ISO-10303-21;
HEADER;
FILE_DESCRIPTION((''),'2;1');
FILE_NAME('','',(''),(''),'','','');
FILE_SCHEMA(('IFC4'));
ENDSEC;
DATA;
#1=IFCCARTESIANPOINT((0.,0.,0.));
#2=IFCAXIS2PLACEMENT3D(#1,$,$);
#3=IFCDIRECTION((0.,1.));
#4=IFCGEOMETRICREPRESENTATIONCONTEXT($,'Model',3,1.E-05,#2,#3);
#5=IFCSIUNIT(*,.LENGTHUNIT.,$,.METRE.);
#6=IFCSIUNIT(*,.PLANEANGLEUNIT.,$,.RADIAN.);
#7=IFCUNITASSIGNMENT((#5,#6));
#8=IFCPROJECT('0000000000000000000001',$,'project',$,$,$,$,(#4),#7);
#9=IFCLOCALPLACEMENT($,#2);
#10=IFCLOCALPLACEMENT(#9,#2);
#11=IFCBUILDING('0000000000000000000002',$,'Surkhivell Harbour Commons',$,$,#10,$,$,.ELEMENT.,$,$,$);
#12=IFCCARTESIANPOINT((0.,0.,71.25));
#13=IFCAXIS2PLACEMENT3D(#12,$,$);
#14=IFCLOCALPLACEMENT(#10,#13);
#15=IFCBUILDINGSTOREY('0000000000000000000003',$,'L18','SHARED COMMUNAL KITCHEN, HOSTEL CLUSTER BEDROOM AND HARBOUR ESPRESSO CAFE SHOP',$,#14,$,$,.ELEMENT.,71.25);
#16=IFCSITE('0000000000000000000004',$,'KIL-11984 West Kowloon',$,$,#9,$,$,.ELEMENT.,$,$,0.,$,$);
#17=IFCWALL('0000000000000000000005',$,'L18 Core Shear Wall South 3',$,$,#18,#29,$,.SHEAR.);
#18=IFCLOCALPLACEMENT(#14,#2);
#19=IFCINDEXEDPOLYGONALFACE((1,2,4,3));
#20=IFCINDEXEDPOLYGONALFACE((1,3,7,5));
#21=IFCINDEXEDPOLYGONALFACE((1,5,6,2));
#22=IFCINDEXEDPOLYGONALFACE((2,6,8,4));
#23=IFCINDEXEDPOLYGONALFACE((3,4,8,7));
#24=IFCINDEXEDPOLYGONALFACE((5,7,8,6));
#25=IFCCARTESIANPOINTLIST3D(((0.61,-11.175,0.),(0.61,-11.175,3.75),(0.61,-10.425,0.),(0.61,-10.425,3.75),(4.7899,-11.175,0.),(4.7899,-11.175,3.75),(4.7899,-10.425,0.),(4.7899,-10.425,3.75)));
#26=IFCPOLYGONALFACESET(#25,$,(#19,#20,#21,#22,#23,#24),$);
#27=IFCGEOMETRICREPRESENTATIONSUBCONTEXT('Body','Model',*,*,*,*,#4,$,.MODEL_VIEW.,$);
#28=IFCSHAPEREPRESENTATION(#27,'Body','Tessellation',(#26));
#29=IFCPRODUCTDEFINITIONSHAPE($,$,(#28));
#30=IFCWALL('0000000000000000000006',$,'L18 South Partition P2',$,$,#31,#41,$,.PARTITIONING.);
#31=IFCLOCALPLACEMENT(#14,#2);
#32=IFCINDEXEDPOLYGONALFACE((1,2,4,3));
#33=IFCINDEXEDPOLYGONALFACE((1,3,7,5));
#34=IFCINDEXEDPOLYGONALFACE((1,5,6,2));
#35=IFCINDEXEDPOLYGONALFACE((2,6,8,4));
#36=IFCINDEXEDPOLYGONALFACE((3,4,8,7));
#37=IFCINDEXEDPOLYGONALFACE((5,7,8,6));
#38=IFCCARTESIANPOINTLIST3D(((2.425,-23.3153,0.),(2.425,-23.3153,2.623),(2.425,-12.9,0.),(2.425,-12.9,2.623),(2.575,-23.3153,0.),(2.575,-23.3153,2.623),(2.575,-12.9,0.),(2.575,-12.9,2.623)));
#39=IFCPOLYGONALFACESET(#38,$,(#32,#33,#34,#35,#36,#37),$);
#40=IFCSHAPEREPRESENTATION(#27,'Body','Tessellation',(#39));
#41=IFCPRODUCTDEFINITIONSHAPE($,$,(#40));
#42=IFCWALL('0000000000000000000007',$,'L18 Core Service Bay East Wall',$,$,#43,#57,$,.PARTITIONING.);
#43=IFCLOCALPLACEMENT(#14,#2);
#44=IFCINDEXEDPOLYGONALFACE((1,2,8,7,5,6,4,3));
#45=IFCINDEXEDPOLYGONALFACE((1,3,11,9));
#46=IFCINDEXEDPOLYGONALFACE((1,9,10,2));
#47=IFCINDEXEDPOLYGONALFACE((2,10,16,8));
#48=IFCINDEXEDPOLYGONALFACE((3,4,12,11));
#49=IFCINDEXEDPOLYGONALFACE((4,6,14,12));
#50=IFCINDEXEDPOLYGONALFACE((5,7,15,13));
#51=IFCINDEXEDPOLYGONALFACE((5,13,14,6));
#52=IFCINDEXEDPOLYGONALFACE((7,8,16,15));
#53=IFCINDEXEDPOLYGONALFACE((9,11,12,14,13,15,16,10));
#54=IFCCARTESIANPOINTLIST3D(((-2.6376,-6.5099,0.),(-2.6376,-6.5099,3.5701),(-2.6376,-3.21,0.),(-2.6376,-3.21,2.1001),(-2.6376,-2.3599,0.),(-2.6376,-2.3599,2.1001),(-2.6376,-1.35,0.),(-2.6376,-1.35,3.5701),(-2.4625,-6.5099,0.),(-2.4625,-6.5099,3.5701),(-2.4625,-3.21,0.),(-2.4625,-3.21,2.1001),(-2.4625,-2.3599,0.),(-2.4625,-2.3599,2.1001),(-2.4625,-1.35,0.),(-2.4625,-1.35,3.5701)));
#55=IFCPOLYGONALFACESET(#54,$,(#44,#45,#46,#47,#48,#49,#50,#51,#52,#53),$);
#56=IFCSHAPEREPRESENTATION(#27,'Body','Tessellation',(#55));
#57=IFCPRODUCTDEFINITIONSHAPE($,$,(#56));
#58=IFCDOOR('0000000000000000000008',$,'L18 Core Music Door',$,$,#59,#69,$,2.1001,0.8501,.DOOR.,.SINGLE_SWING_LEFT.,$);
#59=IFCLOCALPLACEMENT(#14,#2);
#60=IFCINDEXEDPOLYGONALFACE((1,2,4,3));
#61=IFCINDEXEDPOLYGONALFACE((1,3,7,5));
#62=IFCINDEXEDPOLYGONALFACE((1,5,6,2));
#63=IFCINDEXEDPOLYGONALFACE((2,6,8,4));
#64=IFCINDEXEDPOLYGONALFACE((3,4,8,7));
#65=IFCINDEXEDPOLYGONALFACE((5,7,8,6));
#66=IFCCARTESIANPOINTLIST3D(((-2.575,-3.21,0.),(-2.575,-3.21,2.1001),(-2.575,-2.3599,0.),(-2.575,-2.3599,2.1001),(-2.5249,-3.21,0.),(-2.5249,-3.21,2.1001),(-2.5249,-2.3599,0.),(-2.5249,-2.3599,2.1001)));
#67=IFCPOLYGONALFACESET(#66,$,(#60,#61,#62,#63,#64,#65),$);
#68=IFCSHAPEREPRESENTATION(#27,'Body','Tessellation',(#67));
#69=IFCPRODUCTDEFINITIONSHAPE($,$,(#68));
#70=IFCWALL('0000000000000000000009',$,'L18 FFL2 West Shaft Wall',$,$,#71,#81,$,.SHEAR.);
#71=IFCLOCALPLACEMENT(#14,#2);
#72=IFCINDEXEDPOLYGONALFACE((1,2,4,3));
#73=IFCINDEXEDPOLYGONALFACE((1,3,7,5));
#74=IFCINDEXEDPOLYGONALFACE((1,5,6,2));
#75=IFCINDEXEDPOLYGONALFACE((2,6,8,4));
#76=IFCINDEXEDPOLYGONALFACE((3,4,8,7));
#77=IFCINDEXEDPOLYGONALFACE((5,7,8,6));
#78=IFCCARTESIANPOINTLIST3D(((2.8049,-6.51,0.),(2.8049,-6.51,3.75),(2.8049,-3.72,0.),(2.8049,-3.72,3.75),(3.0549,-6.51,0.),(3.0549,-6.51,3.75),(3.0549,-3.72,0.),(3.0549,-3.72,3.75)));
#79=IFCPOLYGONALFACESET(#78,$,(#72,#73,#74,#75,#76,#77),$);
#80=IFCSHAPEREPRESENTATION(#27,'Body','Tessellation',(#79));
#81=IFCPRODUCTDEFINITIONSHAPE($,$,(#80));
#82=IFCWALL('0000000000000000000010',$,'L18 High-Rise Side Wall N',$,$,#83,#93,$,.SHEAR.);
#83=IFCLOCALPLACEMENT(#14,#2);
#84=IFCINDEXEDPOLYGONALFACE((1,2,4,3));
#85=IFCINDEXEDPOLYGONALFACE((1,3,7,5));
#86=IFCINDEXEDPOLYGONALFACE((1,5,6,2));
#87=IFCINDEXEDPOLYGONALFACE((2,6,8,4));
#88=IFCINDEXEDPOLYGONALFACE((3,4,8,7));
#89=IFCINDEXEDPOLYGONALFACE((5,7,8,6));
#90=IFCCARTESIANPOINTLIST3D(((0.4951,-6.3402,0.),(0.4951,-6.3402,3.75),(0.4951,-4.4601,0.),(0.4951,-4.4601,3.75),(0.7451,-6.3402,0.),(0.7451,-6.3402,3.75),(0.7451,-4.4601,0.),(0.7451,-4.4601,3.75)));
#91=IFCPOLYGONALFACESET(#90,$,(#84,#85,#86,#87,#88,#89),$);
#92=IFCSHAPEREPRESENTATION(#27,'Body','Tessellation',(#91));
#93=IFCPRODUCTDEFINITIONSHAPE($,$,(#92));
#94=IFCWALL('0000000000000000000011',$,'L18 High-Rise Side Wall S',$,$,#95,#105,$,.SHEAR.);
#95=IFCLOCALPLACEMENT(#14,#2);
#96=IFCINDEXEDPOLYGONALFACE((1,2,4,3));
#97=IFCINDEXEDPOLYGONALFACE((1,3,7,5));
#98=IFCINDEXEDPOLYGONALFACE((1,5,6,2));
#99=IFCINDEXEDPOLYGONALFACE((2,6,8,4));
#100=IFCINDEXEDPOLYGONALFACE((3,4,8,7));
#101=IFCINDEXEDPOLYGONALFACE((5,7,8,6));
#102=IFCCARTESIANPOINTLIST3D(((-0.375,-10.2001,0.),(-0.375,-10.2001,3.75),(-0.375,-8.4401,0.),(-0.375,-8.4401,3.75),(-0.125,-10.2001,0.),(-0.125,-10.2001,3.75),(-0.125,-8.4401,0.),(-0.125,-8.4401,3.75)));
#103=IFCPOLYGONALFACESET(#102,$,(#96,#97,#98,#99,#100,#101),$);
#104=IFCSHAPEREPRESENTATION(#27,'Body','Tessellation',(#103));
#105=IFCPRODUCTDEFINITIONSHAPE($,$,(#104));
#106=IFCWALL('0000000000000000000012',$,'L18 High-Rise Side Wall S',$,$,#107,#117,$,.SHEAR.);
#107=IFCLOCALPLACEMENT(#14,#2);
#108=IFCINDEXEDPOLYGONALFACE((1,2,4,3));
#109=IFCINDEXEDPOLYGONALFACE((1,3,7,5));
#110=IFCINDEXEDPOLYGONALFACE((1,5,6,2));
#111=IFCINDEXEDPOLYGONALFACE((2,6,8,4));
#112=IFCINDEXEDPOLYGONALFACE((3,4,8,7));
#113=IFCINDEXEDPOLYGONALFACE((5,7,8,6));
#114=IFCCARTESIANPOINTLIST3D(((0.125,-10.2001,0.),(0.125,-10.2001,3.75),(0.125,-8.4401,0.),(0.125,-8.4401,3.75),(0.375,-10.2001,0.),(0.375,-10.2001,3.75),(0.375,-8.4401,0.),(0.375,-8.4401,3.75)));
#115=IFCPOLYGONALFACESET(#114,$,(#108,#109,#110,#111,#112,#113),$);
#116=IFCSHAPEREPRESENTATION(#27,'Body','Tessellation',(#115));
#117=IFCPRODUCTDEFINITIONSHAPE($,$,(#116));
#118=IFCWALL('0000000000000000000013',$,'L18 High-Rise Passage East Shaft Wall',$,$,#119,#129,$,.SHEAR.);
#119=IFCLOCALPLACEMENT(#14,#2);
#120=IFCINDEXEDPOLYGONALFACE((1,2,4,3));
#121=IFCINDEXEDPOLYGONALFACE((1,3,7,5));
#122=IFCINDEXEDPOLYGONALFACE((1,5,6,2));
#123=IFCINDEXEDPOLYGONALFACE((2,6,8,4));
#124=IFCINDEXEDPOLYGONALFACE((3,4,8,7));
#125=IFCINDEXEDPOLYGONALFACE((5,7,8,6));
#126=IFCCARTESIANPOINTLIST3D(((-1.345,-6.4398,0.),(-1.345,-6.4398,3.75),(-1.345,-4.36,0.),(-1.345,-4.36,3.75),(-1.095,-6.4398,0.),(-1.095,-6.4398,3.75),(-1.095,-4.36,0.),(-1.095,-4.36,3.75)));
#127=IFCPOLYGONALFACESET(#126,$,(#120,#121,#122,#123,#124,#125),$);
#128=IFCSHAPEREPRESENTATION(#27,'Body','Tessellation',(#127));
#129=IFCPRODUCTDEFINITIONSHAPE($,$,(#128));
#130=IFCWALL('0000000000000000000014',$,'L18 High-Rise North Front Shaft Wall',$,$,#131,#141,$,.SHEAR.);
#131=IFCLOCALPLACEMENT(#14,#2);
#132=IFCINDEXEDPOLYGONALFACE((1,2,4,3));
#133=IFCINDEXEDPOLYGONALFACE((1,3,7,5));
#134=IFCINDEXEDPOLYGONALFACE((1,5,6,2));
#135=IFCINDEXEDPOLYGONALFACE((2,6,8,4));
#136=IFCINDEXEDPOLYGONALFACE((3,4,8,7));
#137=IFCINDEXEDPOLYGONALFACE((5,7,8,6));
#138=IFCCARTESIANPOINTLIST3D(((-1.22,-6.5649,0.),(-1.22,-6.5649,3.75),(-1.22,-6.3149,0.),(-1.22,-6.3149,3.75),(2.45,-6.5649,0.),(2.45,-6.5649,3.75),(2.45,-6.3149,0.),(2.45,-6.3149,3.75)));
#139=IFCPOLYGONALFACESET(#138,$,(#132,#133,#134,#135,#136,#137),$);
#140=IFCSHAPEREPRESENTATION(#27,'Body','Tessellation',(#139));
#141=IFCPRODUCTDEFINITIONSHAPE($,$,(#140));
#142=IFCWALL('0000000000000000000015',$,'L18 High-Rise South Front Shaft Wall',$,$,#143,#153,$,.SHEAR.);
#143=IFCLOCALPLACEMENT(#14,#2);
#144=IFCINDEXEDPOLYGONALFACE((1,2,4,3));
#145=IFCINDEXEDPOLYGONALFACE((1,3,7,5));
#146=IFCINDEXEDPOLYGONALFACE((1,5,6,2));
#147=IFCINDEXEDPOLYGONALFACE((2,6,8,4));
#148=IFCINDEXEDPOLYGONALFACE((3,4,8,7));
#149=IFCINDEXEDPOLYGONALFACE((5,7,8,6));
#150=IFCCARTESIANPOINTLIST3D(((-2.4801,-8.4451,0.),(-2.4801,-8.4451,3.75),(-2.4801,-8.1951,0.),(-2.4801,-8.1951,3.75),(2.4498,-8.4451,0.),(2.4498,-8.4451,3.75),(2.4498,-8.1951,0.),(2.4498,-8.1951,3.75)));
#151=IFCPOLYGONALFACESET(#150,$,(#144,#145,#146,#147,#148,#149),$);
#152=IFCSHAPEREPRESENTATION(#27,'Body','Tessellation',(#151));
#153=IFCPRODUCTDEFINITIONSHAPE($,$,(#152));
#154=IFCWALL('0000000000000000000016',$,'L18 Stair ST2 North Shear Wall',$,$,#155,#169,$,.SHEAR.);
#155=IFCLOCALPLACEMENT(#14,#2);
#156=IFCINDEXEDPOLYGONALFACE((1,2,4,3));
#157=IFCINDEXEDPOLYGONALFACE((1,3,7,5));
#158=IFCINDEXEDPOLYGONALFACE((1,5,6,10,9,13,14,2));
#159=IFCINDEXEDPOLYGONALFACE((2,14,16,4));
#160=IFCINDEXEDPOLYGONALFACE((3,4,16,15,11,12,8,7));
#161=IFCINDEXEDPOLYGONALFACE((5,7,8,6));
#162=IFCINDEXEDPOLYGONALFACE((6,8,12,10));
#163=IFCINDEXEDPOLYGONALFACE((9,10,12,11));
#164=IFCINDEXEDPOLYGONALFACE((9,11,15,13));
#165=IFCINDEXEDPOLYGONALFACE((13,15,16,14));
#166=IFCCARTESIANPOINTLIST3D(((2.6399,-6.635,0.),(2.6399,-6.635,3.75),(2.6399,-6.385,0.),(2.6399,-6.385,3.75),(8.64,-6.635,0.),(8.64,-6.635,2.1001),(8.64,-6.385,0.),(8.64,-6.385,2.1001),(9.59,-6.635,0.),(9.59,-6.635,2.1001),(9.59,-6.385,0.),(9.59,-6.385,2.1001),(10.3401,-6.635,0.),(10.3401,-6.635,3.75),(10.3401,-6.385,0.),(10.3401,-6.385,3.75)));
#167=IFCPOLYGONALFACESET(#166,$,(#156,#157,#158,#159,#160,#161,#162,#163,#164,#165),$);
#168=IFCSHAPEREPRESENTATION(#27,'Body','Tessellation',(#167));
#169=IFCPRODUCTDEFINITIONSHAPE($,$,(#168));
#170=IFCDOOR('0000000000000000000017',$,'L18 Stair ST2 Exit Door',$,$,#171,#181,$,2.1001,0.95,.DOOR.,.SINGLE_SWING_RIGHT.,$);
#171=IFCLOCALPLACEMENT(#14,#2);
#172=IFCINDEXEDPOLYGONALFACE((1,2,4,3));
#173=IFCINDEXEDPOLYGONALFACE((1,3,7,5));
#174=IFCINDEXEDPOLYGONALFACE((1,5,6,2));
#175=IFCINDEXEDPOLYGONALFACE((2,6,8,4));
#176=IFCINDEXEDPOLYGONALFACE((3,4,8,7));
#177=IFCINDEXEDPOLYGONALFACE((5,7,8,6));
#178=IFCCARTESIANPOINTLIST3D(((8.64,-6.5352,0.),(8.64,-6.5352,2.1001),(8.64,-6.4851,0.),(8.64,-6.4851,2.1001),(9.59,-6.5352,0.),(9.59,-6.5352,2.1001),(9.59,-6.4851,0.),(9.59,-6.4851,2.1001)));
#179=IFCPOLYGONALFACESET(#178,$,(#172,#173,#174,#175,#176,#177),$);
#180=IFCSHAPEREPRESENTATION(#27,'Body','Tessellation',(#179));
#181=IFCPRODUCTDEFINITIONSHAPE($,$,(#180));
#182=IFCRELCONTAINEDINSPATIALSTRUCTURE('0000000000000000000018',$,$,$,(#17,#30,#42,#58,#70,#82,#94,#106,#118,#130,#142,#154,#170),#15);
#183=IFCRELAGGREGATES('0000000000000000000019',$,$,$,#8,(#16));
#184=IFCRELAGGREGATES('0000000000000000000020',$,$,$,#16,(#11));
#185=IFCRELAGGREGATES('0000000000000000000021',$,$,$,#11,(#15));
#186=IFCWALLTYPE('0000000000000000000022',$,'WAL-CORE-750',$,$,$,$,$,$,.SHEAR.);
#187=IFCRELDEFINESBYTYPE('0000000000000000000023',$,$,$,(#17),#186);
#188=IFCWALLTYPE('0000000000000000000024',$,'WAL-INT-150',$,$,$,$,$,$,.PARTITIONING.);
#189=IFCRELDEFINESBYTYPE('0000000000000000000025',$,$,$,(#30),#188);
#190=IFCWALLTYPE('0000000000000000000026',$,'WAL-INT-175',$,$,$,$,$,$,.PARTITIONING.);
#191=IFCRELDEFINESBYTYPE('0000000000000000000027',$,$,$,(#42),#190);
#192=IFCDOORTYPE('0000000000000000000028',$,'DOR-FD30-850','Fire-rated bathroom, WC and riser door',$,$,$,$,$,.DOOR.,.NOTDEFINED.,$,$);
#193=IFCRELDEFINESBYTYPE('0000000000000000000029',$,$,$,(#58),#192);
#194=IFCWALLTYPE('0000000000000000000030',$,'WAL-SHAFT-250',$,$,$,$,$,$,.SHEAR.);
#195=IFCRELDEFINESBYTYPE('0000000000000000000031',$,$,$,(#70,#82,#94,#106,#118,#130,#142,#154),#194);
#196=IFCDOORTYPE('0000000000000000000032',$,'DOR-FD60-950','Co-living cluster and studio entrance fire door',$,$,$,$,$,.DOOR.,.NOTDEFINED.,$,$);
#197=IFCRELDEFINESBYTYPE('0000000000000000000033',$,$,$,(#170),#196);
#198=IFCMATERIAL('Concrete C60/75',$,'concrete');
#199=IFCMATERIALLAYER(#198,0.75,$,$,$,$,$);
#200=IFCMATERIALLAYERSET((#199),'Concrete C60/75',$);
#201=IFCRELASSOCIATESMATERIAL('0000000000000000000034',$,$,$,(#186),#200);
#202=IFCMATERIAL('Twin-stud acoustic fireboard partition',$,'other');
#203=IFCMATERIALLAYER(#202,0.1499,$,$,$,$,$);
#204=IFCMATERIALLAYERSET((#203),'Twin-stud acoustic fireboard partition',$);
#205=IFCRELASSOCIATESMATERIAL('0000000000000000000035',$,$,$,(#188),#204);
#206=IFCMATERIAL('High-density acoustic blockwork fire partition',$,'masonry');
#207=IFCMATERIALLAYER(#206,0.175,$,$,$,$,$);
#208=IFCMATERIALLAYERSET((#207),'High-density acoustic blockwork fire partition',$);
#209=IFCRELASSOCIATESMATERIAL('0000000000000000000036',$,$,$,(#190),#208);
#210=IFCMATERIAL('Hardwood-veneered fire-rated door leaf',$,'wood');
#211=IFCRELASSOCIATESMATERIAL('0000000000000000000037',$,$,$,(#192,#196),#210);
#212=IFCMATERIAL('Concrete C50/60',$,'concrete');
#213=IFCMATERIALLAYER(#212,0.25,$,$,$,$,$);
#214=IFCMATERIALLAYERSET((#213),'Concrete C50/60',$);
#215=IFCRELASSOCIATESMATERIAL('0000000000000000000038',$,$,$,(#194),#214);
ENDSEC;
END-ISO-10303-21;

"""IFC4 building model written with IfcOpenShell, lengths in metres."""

from ifc_helpers import new_model, si_unit, direction, frame, frame_2d, origin, place, context, subcontext, project, spatial, rectangle, extrude, material, layer, layer_set, type_object, element, fill, save


model = new_model("IFC4")

# Units and contexts
model_context = context("Model", 3, precision=1e-05, world=origin(), true_north=direction((0.0, 1.0)))
body_context = subcontext(model_context, "Body", "Model", "MODEL_VIEW")
ifc_project = project(units=[si_unit("LENGTHUNIT", "METRE"), si_unit("PLANEANGLEUNIT", "RADIAN")], contexts=[model_context])

# Site, building, storey
site_placement = place(None, origin())
site = spatial("IfcSite", under=ifc_project, at=site_placement, Name="KIL-11984 West Kowloon", CompositionType="ELEMENT", RefElevation=0.0)
building_placement = place(site_placement, origin())
building = spatial("IfcBuilding", under=site, at=building_placement, Name="Surkhivell Harbour Commons", CompositionType="ELEMENT")
storey_placement = place(building_placement, frame((0.0, 0.0, 71.25)))
storey = spatial("IfcBuildingStorey", under=building, at=storey_placement, Name="L18", Description="SHARED COMMUNAL KITCHEN, HOSTEL CLUSTER BEDROOM AND HARBOUR ESPRESSO CAFE SHOP", CompositionType="ELEMENT", Elevation=71.25)

# Walls
ifc_material_1 = material(Name="Concrete C60/75", Category="concrete")
ifc_layer_1 = layer(ifc_material_1, 0.75)
ifc_layer_set_1 = layer_set([ifc_layer_1], Name="Concrete C60/75")
wall_type_1 = type_object("IfcWallType", Name="WAL-CORE-750", PredefinedType="SHEAR", material=ifc_layer_set_1)
wall_1_placement = place(storey_placement, frame((0.6101, -10.8, 0.0), z_axis=(0.0, 0.0, 1.0), x_axis=(1.0, 0.0, 0.0)))
element("IfcWall", 1, at=wall_1_placement, inside=storey, type_object=wall_type_1, Name="L18 Core Shear Wall South 3", PredefinedType="SHEAR", context=body_context, shape_type="SweptSolid", body=[
    extrude(rectangle(XDim=4.1799, YDim=0.75, at=frame_2d((2.0898, 0.0))), origin(), (0.0, 0.0, 1.0), 3.75),
])
ifc_material_2 = material(Name="Twin-stud acoustic fireboard partition", Category="other")
ifc_layer_2 = layer(ifc_material_2, 0.1499)
ifc_layer_set_2 = layer_set([ifc_layer_2], Name="Twin-stud acoustic fireboard partition")
wall_type_2 = type_object("IfcWallType", Name="WAL-INT-150", PredefinedType="PARTITIONING", material=ifc_layer_set_2)
wall_2_placement = place(storey_placement, frame((2.5, -23.3152, 0.0), z_axis=(0.0, 0.0, 1.0), x_axis=(0.0, 1.0, 0.0)))
element("IfcWall", 2, at=wall_2_placement, inside=storey, type_object=wall_type_2, Name="L18 South Partition P2", PredefinedType="PARTITIONING", context=body_context, shape_type="SweptSolid", body=[
    extrude(rectangle(XDim=10.4153, YDim=0.1499, at=frame_2d((5.2075, 0.0))), origin(), (0.0, 0.0, 1.0), 2.623),
])

# Wall, opening, door
ifc_material_3 = material(Name="High-density acoustic blockwork fire partition", Category="masonry")
ifc_layer_3 = layer(ifc_material_3, 0.175)
ifc_layer_set_3 = layer_set([ifc_layer_3], Name="High-density acoustic blockwork fire partition")
wall_type_3 = type_object("IfcWallType", Name="WAL-INT-175", PredefinedType="PARTITIONING", material=ifc_layer_set_3)
wall_3_placement = place(storey_placement, frame((-2.55, -6.51, 0.0), z_axis=(0.0, 0.0, 1.0), x_axis=(0.0, 1.0, 0.0)))
wall_3 = element("IfcWall", 3, at=wall_3_placement, inside=storey, type_object=wall_type_3, Name="L18 Core Service Bay East Wall", PredefinedType="PARTITIONING", context=body_context, shape_type="SweptSolid", body=[
    extrude(rectangle(XDim=5.1599, YDim=0.175, at=frame_2d((2.5801, 0.0))), origin(), (0.0, 0.0, 1.0), 3.5701),
])
opening_1_placement = place(wall_3_placement, frame((3.3, 0.0, 0.0)))
opening_1 = element("IfcOpeningElement", 4, at=opening_1_placement, cuts=wall_3, PredefinedType="OPENING", context=body_context, shape_type="SweptSolid", body=[
    extrude(rectangle(XDim=0.8501, YDim=2.1001, at=frame_2d((0.425, 1.05))), frame((0.0, 0.0974, 0.0), z_axis=(0.0, -1.0, 0.0), x_axis=(1.0, 0.0, 0.0)), (0.0, 0.0, 1.0), 0.1951),
])
ifc_material_4 = material(Name="Hardwood-veneered fire-rated door leaf", Category="wood")
door_type_1 = type_object("IfcDoorType", Name="DOR-FD30-850", Description="Fire-rated bathroom, WC and riser door", OperationType="NOTDEFINED", PredefinedType="DOOR", material=ifc_material_4)
door_1_placement = place(opening_1_placement, origin())
door_1 = element("IfcDoor", 5, at=door_1_placement, inside=storey, type_object=door_type_1, Name="L18 Core Music Door", OperationType="SINGLE_SWING_LEFT", OverallHeight=2.1001, OverallWidth=0.8501, PredefinedType="DOOR", context=body_context, shape_type="SweptSolid", body=[
    extrude(rectangle(XDim=0.8501, YDim=2.1001, at=frame_2d((0.425, 1.05))), frame((0.0, 0.0249, 0.0), z_axis=(0.0, -1.0, 0.0), x_axis=(1.0, 0.0, 0.0)), (0.0, 0.0, 1.0), 0.05),
])
fill(opening_1, door_1)

# Walls
ifc_material_5 = material(Name="Concrete C50/60", Category="concrete")
ifc_layer_4 = layer(ifc_material_5, 0.25)
ifc_layer_set_4 = layer_set([ifc_layer_4], Name="Concrete C50/60")
wall_type_4 = type_object("IfcWallType", Name="WAL-SHAFT-250", PredefinedType="SHEAR", material=ifc_layer_set_4)
wall_4_placement = place(storey_placement, frame((2.9299, -6.51, 0.0), z_axis=(0.0, 0.0, 1.0), x_axis=(0.0, 1.0, 0.0)))
element("IfcWall", 6, at=wall_4_placement, inside=storey, type_object=wall_type_4, Name="L18 FFL2 West Shaft Wall", PredefinedType="SHEAR", context=body_context, shape_type="SweptSolid", body=[
    extrude(rectangle(XDim=2.79, YDim=0.25, at=frame_2d((1.395, 0.0))), origin(), (0.0, 0.0, 1.0), 3.75),
])
wall_5_placement = place(storey_placement, frame((0.6201, -6.3401, 0.0), z_axis=(0.0, 0.0, 1.0), x_axis=(0.0, 1.0, 0.0)))
element("IfcWall", 7, at=wall_5_placement, inside=storey, type_object=wall_type_4, Name="L18 High-Rise Side Wall N", PredefinedType="SHEAR", context=body_context, shape_type="SweptSolid", body=[
    extrude(rectangle(XDim=1.8801, YDim=0.25, at=frame_2d((0.9399, 0.0))), origin(), (0.0, 0.0, 1.0), 3.75),
])
for number, where, z_axis, x_axis, name in (
    (8, (-0.25, -10.2, 0.0), (0.0, 0.0, 1.0), (0.0, 1.0, 0.0), "L18 High-Rise Side Wall S"),
    (9, (0.25, -10.2, 0.0), (0.0, 0.0, 1.0), (0.0, 1.0, 0.0), "L18 High-Rise Side Wall S"),
):
    element("IfcWall", number, at=place(storey_placement, frame(where, z_axis=z_axis, x_axis=x_axis)), inside=storey, type_object=wall_type_4, Name=name, PredefinedType="SHEAR", context=body_context, shape_type="SweptSolid", body=[
        extrude(rectangle(XDim=1.76, YDim=0.25, at=frame_2d((0.8799, 0.0))), origin(), (0.0, 0.0, 1.0), 3.75),
    ])
wall_6_placement = place(storey_placement, frame((-1.22, -6.4399, 0.0), z_axis=(0.0, 0.0, 1.0), x_axis=(0.0, 1.0, 0.0)))
element("IfcWall", 10, at=wall_6_placement, inside=storey, type_object=wall_type_4, Name="L18 High-Rise Passage East Shaft Wall", PredefinedType="SHEAR", context=body_context, shape_type="SweptSolid", body=[
    extrude(rectangle(XDim=2.0798, YDim=0.25, at=frame_2d((1.04, 0.0))), origin(), (0.0, 0.0, 1.0), 3.75),
])
wall_7_placement = place(storey_placement, frame((-1.22, -6.4399, 0.0), z_axis=(0.0, 0.0, 1.0), x_axis=(1.0, 0.0, 0.0)))
element("IfcWall", 11, at=wall_7_placement, inside=storey, type_object=wall_type_4, Name="L18 High-Rise North Front Shaft Wall", PredefinedType="SHEAR", context=body_context, shape_type="SweptSolid", body=[
    extrude(rectangle(XDim=3.6699, YDim=0.25, at=frame_2d((1.835, 0.0))), origin(), (0.0, 0.0, 1.0), 3.75),
])
wall_8_placement = place(storey_placement, frame((-2.48, -8.3201, 0.0), z_axis=(0.0, 0.0, 1.0), x_axis=(1.0, 0.0, 0.0)))
element("IfcWall", 12, at=wall_8_placement, inside=storey, type_object=wall_type_4, Name="L18 High-Rise South Front Shaft Wall", PredefinedType="SHEAR", context=body_context, shape_type="SweptSolid", body=[
    extrude(rectangle(XDim=4.9299, YDim=0.25, at=frame_2d((2.4648, 0.0))), origin(), (0.0, 0.0, 1.0), 3.75),
])

# Wall, opening, door
wall_9_placement = place(storey_placement, frame((2.6399, -6.51, 0.0), z_axis=(0.0, 0.0, 1.0), x_axis=(1.0, 0.0, 0.0)))
wall_9 = element("IfcWall", 13, at=wall_9_placement, inside=storey, type_object=wall_type_4, Name="L18 Stair ST2 North Shear Wall", PredefinedType="SHEAR", context=body_context, shape_type="SweptSolid", body=[
    extrude(rectangle(XDim=7.7002, YDim=0.25, at=frame_2d((3.8501, 0.0))), origin(), (0.0, 0.0, 1.0), 3.75),
])
opening_2_placement = place(wall_9_placement, frame((6.0, 0.0, 0.0)))
opening_2 = element("IfcOpeningElement", 14, at=opening_2_placement, cuts=wall_9, PredefinedType="OPENING", context=body_context, shape_type="SweptSolid", body=[
    extrude(rectangle(XDim=0.95, YDim=2.1001, at=frame_2d((0.4751, 1.05))), frame((0.0, 0.135, 0.0), z_axis=(0.0, -1.0, 0.0), x_axis=(1.0, 0.0, 0.0)), (0.0, 0.0, 1.0), 0.27),
])
door_type_2 = type_object("IfcDoorType", Name="DOR-FD60-950", Description="Co-living cluster and studio entrance fire door", OperationType="NOTDEFINED", PredefinedType="DOOR", material=ifc_material_4)
door_2_placement = place(opening_2_placement, origin())
door_2 = element("IfcDoor", 15, at=door_2_placement, inside=storey, type_object=door_type_2, Name="L18 Stair ST2 Exit Door", OperationType="SINGLE_SWING_RIGHT", OverallHeight=2.1001, OverallWidth=0.95, PredefinedType="DOOR", context=body_context, shape_type="SweptSolid", body=[
    extrude(rectangle(XDim=0.95, YDim=2.1001, at=frame_2d((0.4751, 1.05))), frame((0.0, 0.0249, 0.0), z_axis=(0.0, -1.0, 0.0), x_axis=(1.0, 0.0, 0.0)), (0.0, 0.0, 1.0), 0.05),
])
fill(opening_2, door_2)

save(model, "model.ifc")
